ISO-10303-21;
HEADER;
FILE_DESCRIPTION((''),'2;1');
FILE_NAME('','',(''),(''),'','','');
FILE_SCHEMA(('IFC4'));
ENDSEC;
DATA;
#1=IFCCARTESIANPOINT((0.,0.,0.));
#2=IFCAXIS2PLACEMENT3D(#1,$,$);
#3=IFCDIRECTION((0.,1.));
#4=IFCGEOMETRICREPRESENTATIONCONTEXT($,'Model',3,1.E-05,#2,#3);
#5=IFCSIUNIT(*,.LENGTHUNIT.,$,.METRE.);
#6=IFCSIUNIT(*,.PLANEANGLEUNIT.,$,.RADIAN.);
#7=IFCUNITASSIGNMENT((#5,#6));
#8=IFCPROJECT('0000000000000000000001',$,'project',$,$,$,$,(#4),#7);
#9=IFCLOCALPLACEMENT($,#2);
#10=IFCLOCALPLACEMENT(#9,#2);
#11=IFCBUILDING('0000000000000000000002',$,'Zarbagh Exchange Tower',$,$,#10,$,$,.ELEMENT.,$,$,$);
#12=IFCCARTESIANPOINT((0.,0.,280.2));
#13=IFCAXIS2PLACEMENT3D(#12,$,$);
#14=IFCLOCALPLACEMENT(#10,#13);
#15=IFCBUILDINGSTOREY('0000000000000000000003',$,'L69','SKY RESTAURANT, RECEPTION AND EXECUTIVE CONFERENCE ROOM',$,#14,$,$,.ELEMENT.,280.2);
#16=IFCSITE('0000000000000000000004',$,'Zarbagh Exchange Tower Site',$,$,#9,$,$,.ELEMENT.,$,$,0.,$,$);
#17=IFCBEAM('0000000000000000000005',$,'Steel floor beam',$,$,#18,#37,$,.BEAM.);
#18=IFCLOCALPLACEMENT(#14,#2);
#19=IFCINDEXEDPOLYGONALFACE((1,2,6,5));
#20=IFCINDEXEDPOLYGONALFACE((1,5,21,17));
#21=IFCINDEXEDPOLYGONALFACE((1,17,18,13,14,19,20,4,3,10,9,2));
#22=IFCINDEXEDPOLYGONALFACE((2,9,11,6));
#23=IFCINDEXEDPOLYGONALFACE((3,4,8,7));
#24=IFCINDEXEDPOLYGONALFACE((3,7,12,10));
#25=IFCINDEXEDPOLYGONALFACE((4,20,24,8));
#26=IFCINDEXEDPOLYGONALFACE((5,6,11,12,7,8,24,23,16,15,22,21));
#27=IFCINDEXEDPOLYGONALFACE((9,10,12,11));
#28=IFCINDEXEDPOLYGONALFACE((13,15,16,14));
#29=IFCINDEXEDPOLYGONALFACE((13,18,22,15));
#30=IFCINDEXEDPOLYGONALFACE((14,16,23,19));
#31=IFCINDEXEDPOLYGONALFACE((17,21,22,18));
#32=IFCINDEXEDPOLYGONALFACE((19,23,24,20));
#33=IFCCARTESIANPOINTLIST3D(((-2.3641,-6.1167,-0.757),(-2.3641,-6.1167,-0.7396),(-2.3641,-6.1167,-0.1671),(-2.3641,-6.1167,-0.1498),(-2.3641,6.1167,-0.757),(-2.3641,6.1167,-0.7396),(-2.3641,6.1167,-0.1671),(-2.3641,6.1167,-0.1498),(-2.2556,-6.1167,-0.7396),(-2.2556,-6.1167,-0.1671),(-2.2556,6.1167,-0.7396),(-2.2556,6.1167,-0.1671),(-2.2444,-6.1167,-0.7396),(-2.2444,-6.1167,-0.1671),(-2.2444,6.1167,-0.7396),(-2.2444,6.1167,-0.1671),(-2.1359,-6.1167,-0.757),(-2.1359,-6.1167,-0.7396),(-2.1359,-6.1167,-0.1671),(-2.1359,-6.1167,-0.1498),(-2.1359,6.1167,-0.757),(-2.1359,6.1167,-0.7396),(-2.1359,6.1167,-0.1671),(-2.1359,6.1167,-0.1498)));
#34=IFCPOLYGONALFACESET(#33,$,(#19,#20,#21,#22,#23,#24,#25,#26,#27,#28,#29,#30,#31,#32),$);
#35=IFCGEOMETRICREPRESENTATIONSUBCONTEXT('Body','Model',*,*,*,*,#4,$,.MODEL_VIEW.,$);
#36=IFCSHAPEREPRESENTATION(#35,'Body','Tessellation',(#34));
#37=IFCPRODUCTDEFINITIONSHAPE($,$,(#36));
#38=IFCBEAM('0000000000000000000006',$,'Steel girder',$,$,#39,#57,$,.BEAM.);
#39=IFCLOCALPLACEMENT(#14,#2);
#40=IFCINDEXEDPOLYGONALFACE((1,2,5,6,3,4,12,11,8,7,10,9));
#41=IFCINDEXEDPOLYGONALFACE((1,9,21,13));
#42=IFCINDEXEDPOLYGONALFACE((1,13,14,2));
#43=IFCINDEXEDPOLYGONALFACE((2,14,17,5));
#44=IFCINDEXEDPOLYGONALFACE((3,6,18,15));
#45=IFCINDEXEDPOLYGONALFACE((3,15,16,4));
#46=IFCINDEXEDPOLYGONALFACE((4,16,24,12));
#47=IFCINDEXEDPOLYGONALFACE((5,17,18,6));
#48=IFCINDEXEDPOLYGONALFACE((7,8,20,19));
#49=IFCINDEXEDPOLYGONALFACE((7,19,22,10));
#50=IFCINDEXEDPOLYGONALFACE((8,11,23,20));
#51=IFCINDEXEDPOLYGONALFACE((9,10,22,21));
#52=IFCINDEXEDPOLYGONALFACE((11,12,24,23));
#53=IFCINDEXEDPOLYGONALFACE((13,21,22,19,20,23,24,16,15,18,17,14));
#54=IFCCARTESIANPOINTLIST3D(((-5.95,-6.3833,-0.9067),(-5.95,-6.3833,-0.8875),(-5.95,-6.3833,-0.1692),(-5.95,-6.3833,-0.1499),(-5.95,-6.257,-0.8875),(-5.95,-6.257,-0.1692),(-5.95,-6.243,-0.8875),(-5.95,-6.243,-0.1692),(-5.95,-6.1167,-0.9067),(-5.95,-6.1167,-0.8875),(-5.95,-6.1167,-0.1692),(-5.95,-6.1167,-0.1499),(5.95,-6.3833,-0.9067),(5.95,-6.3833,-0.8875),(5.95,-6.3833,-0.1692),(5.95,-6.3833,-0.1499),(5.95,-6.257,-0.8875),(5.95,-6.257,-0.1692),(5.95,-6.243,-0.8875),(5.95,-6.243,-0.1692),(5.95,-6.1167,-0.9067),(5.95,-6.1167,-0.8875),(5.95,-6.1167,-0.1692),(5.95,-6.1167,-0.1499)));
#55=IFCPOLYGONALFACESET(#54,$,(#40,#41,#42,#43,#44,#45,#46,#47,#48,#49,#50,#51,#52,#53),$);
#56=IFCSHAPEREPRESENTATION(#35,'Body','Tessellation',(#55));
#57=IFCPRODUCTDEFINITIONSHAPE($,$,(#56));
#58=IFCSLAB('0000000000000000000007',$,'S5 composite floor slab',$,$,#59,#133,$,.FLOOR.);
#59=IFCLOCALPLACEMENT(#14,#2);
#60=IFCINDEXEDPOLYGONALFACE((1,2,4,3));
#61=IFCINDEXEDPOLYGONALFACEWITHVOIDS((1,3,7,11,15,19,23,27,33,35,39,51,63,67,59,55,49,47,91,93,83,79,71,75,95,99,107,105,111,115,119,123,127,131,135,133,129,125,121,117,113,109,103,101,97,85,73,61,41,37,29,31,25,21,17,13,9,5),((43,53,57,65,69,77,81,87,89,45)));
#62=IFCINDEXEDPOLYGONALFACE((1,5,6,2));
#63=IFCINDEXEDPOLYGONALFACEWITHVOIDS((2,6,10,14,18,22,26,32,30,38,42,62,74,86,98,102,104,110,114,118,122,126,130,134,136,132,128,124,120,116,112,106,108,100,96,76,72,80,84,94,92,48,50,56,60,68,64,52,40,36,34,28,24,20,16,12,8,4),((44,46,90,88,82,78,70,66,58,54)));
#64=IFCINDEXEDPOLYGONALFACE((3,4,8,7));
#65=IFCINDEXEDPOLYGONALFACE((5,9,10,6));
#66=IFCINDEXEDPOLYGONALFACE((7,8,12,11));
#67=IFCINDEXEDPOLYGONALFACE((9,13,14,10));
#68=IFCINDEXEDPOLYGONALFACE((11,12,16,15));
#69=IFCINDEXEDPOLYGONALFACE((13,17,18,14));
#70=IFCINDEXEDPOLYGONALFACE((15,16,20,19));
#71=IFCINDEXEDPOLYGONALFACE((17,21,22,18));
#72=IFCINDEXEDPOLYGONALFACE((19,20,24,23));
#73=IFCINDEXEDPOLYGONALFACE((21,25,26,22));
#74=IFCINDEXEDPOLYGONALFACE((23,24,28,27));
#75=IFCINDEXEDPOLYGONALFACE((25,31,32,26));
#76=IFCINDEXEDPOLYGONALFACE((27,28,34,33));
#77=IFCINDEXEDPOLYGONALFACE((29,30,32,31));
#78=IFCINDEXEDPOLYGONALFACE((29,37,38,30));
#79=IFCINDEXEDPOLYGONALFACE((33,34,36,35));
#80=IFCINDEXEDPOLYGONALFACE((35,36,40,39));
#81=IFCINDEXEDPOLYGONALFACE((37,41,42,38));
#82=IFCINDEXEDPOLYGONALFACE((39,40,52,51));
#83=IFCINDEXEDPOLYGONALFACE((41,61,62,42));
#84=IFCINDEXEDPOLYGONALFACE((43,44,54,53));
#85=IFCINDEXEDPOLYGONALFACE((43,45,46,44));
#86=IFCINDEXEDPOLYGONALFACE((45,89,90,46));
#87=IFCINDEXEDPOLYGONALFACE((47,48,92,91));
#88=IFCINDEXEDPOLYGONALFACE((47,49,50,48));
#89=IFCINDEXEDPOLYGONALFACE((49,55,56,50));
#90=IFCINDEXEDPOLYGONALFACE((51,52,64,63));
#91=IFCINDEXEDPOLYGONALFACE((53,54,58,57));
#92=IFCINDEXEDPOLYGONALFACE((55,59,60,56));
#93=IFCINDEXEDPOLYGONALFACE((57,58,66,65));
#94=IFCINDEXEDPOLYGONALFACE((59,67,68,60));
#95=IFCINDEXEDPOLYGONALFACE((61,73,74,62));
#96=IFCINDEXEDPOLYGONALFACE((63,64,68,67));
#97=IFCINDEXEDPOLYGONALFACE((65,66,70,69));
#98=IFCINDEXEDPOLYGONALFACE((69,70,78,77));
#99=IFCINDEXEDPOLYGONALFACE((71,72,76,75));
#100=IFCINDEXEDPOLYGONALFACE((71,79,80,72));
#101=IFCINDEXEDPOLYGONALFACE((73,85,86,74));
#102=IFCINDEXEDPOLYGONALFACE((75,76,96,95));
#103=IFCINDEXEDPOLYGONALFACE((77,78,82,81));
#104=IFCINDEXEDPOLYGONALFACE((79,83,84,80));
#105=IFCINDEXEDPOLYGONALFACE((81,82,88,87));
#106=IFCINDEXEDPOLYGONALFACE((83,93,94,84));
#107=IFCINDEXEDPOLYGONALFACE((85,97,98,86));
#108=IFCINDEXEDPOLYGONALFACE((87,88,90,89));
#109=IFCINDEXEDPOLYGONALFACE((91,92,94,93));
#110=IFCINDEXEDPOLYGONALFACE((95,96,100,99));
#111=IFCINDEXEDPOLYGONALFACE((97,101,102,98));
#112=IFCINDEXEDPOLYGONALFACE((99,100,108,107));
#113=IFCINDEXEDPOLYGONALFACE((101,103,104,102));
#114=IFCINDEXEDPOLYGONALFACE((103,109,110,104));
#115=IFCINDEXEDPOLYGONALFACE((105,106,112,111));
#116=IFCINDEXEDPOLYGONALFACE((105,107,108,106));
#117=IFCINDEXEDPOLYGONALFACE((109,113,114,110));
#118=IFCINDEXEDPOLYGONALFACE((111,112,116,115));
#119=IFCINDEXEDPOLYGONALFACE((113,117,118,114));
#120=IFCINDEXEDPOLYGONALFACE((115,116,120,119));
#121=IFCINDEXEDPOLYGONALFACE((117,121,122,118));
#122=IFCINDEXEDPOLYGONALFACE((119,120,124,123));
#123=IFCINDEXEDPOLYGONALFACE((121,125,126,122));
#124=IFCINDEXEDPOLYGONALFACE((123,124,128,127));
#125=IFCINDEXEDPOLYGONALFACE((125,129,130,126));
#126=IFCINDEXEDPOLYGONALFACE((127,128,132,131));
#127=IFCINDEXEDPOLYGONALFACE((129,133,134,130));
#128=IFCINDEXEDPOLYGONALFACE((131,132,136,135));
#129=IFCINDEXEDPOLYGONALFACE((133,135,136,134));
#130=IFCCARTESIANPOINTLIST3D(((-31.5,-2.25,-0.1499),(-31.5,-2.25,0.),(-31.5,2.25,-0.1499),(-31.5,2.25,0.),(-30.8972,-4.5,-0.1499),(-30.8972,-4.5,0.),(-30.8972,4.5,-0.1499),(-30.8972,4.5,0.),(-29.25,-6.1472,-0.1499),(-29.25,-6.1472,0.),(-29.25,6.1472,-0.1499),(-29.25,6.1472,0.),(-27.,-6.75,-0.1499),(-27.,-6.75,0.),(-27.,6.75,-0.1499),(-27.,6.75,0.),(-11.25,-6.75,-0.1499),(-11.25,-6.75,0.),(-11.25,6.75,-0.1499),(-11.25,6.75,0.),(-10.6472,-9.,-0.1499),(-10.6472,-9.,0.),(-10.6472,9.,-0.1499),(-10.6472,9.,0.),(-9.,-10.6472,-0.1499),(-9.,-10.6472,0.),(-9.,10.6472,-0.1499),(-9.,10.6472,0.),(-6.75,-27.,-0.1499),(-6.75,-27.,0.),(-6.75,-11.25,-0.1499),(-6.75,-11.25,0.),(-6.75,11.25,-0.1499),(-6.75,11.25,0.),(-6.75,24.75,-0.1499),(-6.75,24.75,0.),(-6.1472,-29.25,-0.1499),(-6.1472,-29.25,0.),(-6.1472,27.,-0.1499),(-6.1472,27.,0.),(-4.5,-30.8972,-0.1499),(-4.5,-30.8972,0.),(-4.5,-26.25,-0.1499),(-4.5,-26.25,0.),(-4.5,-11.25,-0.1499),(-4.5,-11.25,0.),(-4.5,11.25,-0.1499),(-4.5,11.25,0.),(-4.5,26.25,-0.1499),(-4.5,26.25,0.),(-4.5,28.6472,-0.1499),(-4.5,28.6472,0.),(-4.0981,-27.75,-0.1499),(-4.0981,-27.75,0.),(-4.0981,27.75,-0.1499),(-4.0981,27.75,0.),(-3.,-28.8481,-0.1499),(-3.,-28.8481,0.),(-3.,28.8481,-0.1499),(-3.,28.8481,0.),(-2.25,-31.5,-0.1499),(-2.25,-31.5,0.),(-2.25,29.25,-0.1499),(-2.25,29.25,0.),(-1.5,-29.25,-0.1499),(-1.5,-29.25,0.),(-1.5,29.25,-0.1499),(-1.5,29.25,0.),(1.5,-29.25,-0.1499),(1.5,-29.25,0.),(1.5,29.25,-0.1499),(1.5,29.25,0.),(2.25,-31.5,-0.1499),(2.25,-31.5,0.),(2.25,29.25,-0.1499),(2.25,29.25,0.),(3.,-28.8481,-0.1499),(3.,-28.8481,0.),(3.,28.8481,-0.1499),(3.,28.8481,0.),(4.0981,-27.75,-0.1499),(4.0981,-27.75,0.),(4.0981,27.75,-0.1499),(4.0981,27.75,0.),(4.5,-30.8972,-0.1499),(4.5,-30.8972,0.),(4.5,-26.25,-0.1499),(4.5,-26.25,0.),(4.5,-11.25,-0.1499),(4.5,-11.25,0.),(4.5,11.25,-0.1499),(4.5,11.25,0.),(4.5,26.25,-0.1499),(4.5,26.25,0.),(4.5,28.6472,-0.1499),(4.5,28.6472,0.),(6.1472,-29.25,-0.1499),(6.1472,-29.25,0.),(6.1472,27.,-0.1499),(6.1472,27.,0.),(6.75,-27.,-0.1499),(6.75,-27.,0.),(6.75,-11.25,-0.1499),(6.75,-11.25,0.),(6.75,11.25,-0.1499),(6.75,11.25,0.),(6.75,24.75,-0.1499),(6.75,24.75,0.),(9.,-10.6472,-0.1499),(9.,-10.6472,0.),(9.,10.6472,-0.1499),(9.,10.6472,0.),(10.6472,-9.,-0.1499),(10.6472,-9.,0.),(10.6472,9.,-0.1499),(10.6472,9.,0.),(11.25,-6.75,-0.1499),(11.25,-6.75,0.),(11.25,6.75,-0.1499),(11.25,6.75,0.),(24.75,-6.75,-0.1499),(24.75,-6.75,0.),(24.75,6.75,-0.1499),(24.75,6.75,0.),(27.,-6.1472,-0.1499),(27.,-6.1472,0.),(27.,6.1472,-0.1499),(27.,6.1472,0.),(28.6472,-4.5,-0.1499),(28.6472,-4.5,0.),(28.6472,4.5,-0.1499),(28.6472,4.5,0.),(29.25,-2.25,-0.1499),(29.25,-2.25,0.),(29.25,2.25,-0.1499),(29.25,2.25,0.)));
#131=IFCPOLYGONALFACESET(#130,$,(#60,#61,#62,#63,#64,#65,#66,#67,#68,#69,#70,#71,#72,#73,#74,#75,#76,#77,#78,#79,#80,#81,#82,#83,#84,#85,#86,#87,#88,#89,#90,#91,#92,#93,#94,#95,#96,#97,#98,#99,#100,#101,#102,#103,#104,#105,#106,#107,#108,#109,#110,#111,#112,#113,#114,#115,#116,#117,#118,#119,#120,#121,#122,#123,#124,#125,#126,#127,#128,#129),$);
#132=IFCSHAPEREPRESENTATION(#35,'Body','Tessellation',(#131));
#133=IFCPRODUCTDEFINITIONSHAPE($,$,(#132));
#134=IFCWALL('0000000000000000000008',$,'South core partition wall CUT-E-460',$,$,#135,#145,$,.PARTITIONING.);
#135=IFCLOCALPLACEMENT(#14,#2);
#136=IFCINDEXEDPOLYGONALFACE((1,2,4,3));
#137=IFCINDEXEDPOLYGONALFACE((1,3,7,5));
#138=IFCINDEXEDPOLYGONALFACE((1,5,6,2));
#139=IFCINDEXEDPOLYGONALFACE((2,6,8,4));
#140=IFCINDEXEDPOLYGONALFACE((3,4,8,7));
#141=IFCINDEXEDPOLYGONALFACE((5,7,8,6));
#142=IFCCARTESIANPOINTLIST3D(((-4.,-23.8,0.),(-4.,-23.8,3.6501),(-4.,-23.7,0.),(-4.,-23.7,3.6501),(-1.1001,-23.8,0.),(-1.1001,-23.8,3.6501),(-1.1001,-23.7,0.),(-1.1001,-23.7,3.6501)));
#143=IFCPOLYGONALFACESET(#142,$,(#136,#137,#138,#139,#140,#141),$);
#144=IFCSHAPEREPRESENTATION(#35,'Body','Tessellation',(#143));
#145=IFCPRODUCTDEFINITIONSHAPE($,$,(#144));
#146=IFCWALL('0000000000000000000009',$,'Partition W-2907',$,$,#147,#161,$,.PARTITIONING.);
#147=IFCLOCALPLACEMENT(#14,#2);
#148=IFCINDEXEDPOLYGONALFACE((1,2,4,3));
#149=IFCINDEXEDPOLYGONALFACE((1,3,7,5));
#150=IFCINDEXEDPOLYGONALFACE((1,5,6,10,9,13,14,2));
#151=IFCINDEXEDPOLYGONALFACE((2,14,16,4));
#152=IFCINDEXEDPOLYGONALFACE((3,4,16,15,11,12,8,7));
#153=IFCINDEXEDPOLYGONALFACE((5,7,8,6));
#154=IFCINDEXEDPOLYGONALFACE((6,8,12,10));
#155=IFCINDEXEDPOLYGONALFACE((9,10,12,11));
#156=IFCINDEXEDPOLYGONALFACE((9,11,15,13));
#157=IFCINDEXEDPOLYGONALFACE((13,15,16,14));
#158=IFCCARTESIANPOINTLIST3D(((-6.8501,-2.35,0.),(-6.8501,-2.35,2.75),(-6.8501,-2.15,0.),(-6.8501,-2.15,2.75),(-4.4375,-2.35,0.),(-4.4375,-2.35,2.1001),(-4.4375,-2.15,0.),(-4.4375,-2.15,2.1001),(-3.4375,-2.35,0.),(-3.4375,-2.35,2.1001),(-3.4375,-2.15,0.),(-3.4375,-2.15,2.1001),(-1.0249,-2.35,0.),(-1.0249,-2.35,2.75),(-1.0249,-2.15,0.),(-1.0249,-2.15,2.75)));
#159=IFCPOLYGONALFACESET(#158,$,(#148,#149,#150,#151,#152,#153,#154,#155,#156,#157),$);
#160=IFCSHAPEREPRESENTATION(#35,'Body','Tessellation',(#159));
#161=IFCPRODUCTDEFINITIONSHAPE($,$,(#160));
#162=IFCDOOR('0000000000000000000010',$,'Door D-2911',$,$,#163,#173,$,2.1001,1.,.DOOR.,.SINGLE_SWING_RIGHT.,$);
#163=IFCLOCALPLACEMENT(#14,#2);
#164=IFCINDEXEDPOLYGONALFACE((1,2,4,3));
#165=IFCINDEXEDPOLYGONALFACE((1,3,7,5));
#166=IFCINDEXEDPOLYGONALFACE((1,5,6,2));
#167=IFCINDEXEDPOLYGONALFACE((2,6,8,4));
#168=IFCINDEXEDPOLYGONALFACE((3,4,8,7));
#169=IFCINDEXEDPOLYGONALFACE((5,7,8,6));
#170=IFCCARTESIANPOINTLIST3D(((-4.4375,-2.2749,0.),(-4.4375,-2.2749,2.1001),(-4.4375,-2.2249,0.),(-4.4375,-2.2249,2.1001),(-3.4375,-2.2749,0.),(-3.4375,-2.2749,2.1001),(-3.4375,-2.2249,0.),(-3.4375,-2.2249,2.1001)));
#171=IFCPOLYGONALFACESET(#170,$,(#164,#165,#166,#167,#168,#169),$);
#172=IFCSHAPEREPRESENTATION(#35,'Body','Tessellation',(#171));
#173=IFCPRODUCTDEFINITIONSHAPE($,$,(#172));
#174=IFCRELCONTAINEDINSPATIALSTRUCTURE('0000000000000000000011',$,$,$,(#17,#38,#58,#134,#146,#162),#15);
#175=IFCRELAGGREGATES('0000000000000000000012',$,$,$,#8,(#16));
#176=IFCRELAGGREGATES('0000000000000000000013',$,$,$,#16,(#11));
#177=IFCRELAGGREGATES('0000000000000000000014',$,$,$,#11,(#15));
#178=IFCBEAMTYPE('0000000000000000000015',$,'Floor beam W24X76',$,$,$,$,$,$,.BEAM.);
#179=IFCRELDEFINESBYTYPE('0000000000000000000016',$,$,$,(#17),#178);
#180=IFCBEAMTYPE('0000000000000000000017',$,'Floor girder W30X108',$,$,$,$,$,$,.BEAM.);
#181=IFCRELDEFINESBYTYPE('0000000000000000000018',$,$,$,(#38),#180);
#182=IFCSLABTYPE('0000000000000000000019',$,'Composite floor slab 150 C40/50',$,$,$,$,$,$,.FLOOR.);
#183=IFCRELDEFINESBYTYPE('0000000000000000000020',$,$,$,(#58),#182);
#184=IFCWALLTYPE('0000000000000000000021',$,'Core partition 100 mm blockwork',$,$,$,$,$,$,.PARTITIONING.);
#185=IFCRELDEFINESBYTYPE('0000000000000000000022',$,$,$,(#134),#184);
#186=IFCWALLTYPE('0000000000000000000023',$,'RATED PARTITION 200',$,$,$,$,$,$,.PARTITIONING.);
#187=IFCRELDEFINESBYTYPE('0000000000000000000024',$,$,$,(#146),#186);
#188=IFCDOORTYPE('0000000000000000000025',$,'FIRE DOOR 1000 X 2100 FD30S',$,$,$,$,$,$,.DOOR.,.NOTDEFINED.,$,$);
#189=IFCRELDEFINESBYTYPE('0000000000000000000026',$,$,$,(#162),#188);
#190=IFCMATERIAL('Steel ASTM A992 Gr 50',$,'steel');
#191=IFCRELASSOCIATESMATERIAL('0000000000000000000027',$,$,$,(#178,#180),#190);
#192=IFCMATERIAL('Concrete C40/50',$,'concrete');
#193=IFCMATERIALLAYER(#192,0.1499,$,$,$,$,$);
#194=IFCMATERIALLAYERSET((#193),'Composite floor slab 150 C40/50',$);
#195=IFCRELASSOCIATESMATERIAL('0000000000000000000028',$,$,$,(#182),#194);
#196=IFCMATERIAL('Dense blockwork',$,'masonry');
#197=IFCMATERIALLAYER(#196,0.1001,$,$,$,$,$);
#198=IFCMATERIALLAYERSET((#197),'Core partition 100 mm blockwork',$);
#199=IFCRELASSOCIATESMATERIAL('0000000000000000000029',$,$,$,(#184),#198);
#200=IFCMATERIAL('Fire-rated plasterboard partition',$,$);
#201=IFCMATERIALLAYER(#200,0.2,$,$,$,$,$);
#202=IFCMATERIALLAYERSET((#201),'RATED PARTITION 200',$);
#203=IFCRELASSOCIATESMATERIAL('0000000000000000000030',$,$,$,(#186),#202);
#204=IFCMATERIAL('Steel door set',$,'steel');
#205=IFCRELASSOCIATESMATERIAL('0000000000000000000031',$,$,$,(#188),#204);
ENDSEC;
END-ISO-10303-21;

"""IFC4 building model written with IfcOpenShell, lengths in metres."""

from ifc_helpers import new_model, si_unit, direction, frame, frame_2d, origin, origin_2d, place, context, subcontext, project, spatial, polyline, rectangle, i_section, outline, extrude, material, layer, layer_set, material_profile, profile_set, type_object, element, fill, save


model = new_model("IFC4")

# Units and contexts
model_context = context("Model", 3, precision=1e-05, world=origin(), true_north=direction((0.0, 1.0)))
body_context = subcontext(model_context, "Body", "Model", "MODEL_VIEW")
ifc_project = project(units=[si_unit("LENGTHUNIT", "METRE"), si_unit("PLANEANGLEUNIT", "RADIAN")], contexts=[model_context])

# Site, building, storey
site_placement = place(None, origin())
site = spatial("IfcSite", under=ifc_project, at=site_placement, Name="Zarbagh Exchange Tower Site", CompositionType="ELEMENT", RefElevation=0.0)
building_placement = place(site_placement, origin())
building = spatial("IfcBuilding", under=site, at=building_placement, Name="Zarbagh Exchange Tower", CompositionType="ELEMENT")
storey_placement = place(building_placement, frame((0.0, 0.0, 280.2)))
storey = spatial("IfcBuildingStorey", under=building, at=storey_placement, Name="L69", Description="SKY RESTAURANT, RECEPTION AND EXECUTIVE CONFERENCE ROOM", CompositionType="ELEMENT", Elevation=280.2)

# Beams
ifc_material_1 = material(Name="Steel ASTM A992 Gr 50", Category="steel")
ifc_material_profile_1 = material_profile(ifc_material_1, i_section(OverallWidth=0.2283, OverallDepth=0.6072, WebThickness=0.0112, FlangeThickness=0.0173, at=origin_2d()), Name="W24X76")
ifc_profile_set_1 = profile_set([ifc_material_profile_1], Name="Steel ASTM A992 Gr 50")
beam_type_1 = type_object("IfcBeamType", Name="Floor beam W24X76", PredefinedType="BEAM", material=ifc_profile_set_1)
beam_1_placement = place(storey_placement, frame((-2.25, -6.1167, -0.4534), z_axis=(0.0, 1.0, 0.0), x_axis=(-1.0, 0.0, 0.0)))
element("IfcBeam", 1, at=beam_1_placement, inside=storey, type_object=beam_type_1, Name="Steel floor beam", PredefinedType="BEAM", context=body_context, shape_type="SweptSolid", body=[
    extrude(i_section(OverallWidth=0.2283, OverallDepth=0.6072, WebThickness=0.0112, FlangeThickness=0.0173, at=origin_2d()), origin(), (0.0, 0.0, 1.0), 12.2334),
])
ifc_material_profile_2 = material_profile(ifc_material_1, i_section(OverallWidth=0.2666, OverallDepth=0.7568, WebThickness=0.0139, FlangeThickness=0.0193, at=origin_2d()), Name="W30X108")
ifc_profile_set_2 = profile_set([ifc_material_profile_2], Name="Steel ASTM A992 Gr 50")
beam_type_2 = type_object("IfcBeamType", Name="Floor girder W30X108", PredefinedType="BEAM", material=ifc_profile_set_2)
beam_2_placement = place(storey_placement, frame((-5.95, -6.25, -0.5283), z_axis=(1.0, 0.0, 0.0), x_axis=(0.0, 1.0, 0.0)))
element("IfcBeam", 2, at=beam_2_placement, inside=storey, type_object=beam_type_2, Name="Steel girder", PredefinedType="BEAM", context=body_context, shape_type="SweptSolid", body=[
    extrude(i_section(OverallWidth=0.2666, OverallDepth=0.7568, WebThickness=0.0139, FlangeThickness=0.0193, at=origin_2d()), origin(), (0.0, 0.0, 1.0), 11.8999),
])

# Slab
ifc_material_2 = material(Name="Concrete C40/50", Category="concrete")
ifc_layer_1 = layer(ifc_material_2, 0.1499)
ifc_layer_set_1 = layer_set([ifc_layer_1], Name="Composite floor slab 150 C40/50")
slab_type = type_object("IfcSlabType", Name="Composite floor slab 150 C40/50", PredefinedType="FLOOR", material=ifc_layer_set_1)
slab_placement = place(storey_placement, frame((0.0, 0.0, -0.1499)))
element("IfcSlab", 3, at=slab_placement, inside=storey, type_object=slab_type, Name="S5 composite floor slab", PredefinedType="FLOOR", context=body_context, shape_type="SweptSolid", body=[
    extrude(outline(polyline([(-2.25, -31.5), (-4.5, -30.8972), (-6.1472, -29.25), (-6.75, -27.0), (-6.75, -11.25), (-9.0, -10.6472), (-10.6472, -9.0), (-11.25, -6.75), (-27.0, -6.75), (-29.25, -6.1472), (-30.8972, -4.5), (-31.5, -2.25), (-31.5, 2.25), (-30.8972, 4.5), (-29.25, 6.1472), (-27.0, 6.75), (-11.25, 6.75), (-10.6472, 9.0), (-9.0, 10.6472), (-6.75, 11.25), (-6.75, 24.75), (-6.1472, 27.0), (-4.5, 28.6472), (-2.25, 29.25), (-1.5, 29.25), (-3.0, 28.8481), (-4.0981, 27.75), (-4.5, 26.25), (-4.5, 11.25), (4.5, 11.25), (4.5, 26.25), (4.0981, 27.75), (3.0, 28.8481), (1.5, 29.25), (2.25, 29.25), (4.5, 28.6472), (6.1472, 27.0), (6.75, 24.75), (6.75, 11.25), (9.0, 10.6472), (10.6472, 9.0), (11.25, 6.75), (24.75, 6.75), (27.0, 6.1472), (28.6472, 4.5), (29.25, 2.25), (29.25, -2.25), (28.6472, -4.5), (27.0, -6.1472), (24.75, -6.75), (11.25, -6.75), (10.6472, -9.0), (9.0, -10.6472), (6.75, -11.25), (6.75, -27.0), (6.1472, -29.25), (4.5, -30.8972), (2.25, -31.5), (-2.25, -31.5)]), holes=[polyline([(-1.5, -29.25), (1.5, -29.25), (3.0, -28.8481), (4.0981, -27.75), (4.5, -26.25), (4.5, -11.25), (-4.5, -11.25), (-4.5, -26.25), (-4.0981, -27.75), (-3.0, -28.8481), (-1.5, -29.25)])]), origin(), (0.0, 0.0, 1.0), 0.1499),
])

# Wall
ifc_material_3 = material(Name="Dense blockwork", Category="masonry")
ifc_layer_2 = layer(ifc_material_3, 0.1001)
ifc_layer_set_2 = layer_set([ifc_layer_2], Name="Core partition 100 mm blockwork")
wall_type_1 = type_object("IfcWallType", Name="Core partition 100 mm blockwork", PredefinedType="PARTITIONING", material=ifc_layer_set_2)
wall_1_placement = place(storey_placement, frame((-1.1001, -23.75, 0.0), z_axis=(0.0, 0.0, 1.0), x_axis=(-1.0, 0.0, 0.0)))
element("IfcWall", 4, at=wall_1_placement, inside=storey, type_object=wall_type_1, Name="South core partition wall CUT-E-460", PredefinedType="PARTITIONING", context=body_context, shape_type="SweptSolid", body=[
    extrude(rectangle(XDim=2.8999, YDim=0.1001, at=frame_2d((1.45, 0.0))), origin(), (0.0, 0.0, 1.0), 3.6501),
])

# Wall, opening, door
ifc_material_4 = material(Name="Fire-rated plasterboard partition")
ifc_layer_3 = layer(ifc_material_4, 0.2)
ifc_layer_set_3 = layer_set([ifc_layer_3], Name="RATED PARTITION 200")
wall_type_2 = type_object("IfcWallType", Name="RATED PARTITION 200", PredefinedType="PARTITIONING", material=ifc_layer_set_3)
wall_2_placement = place(storey_placement, frame((-1.0249, -2.25, 0.0), z_axis=(0.0, 0.0, 1.0), x_axis=(-1.0, 0.0, 0.0)))
wall_2 = element("IfcWall", 5, at=wall_2_placement, inside=storey, type_object=wall_type_2, Name="Partition W-2907", PredefinedType="PARTITIONING", context=body_context, shape_type="SweptSolid", body=[
    extrude(rectangle(XDim=5.8252, YDim=0.2, at=frame_2d((2.9126, 0.0))), origin(), (0.0, 0.0, 1.0), 2.75),
])
opening_1_placement = place(wall_2_placement, frame((2.4126, 0.0, 0.0)))
opening_1 = element("IfcOpeningElement", 6, at=opening_1_placement, cuts=wall_2, PredefinedType="OPENING", context=body_context, shape_type="SweptSolid", body=[
    extrude(rectangle(XDim=1.0, YDim=2.1001, at=frame_2d((0.5, 1.05))), frame((0.0, 0.1099, 0.0), z_axis=(0.0, -1.0, 0.0), x_axis=(1.0, 0.0, 0.0)), (0.0, 0.0, 1.0), 0.22),
])
ifc_material_5 = material(Name="Steel door set", Category="steel")
door_type_1 = type_object("IfcDoorType", Name="FIRE DOOR 1000 X 2100 FD30S", OperationType="NOTDEFINED", PredefinedType="DOOR", material=ifc_material_5)
door_1_placement = place(opening_1_placement, origin())
door_1 = element("IfcDoor", 7, at=door_1_placement, inside=storey, type_object=door_type_1, Name="Door D-2911", OperationType="SINGLE_SWING_RIGHT", OverallHeight=2.1001, OverallWidth=1.0, PredefinedType="DOOR", context=body_context, shape_type="SweptSolid", body=[
    extrude(rectangle(XDim=1.0, YDim=2.1001, at=frame_2d((0.5, 1.05))), frame((0.0, 0.0249, 0.0), z_axis=(0.0, -1.0, 0.0), x_axis=(1.0, 0.0, 0.0)), (0.0, 0.0, 1.0), 0.05),
])
fill(opening_1, door_1)

save(model, "model.ifc")
